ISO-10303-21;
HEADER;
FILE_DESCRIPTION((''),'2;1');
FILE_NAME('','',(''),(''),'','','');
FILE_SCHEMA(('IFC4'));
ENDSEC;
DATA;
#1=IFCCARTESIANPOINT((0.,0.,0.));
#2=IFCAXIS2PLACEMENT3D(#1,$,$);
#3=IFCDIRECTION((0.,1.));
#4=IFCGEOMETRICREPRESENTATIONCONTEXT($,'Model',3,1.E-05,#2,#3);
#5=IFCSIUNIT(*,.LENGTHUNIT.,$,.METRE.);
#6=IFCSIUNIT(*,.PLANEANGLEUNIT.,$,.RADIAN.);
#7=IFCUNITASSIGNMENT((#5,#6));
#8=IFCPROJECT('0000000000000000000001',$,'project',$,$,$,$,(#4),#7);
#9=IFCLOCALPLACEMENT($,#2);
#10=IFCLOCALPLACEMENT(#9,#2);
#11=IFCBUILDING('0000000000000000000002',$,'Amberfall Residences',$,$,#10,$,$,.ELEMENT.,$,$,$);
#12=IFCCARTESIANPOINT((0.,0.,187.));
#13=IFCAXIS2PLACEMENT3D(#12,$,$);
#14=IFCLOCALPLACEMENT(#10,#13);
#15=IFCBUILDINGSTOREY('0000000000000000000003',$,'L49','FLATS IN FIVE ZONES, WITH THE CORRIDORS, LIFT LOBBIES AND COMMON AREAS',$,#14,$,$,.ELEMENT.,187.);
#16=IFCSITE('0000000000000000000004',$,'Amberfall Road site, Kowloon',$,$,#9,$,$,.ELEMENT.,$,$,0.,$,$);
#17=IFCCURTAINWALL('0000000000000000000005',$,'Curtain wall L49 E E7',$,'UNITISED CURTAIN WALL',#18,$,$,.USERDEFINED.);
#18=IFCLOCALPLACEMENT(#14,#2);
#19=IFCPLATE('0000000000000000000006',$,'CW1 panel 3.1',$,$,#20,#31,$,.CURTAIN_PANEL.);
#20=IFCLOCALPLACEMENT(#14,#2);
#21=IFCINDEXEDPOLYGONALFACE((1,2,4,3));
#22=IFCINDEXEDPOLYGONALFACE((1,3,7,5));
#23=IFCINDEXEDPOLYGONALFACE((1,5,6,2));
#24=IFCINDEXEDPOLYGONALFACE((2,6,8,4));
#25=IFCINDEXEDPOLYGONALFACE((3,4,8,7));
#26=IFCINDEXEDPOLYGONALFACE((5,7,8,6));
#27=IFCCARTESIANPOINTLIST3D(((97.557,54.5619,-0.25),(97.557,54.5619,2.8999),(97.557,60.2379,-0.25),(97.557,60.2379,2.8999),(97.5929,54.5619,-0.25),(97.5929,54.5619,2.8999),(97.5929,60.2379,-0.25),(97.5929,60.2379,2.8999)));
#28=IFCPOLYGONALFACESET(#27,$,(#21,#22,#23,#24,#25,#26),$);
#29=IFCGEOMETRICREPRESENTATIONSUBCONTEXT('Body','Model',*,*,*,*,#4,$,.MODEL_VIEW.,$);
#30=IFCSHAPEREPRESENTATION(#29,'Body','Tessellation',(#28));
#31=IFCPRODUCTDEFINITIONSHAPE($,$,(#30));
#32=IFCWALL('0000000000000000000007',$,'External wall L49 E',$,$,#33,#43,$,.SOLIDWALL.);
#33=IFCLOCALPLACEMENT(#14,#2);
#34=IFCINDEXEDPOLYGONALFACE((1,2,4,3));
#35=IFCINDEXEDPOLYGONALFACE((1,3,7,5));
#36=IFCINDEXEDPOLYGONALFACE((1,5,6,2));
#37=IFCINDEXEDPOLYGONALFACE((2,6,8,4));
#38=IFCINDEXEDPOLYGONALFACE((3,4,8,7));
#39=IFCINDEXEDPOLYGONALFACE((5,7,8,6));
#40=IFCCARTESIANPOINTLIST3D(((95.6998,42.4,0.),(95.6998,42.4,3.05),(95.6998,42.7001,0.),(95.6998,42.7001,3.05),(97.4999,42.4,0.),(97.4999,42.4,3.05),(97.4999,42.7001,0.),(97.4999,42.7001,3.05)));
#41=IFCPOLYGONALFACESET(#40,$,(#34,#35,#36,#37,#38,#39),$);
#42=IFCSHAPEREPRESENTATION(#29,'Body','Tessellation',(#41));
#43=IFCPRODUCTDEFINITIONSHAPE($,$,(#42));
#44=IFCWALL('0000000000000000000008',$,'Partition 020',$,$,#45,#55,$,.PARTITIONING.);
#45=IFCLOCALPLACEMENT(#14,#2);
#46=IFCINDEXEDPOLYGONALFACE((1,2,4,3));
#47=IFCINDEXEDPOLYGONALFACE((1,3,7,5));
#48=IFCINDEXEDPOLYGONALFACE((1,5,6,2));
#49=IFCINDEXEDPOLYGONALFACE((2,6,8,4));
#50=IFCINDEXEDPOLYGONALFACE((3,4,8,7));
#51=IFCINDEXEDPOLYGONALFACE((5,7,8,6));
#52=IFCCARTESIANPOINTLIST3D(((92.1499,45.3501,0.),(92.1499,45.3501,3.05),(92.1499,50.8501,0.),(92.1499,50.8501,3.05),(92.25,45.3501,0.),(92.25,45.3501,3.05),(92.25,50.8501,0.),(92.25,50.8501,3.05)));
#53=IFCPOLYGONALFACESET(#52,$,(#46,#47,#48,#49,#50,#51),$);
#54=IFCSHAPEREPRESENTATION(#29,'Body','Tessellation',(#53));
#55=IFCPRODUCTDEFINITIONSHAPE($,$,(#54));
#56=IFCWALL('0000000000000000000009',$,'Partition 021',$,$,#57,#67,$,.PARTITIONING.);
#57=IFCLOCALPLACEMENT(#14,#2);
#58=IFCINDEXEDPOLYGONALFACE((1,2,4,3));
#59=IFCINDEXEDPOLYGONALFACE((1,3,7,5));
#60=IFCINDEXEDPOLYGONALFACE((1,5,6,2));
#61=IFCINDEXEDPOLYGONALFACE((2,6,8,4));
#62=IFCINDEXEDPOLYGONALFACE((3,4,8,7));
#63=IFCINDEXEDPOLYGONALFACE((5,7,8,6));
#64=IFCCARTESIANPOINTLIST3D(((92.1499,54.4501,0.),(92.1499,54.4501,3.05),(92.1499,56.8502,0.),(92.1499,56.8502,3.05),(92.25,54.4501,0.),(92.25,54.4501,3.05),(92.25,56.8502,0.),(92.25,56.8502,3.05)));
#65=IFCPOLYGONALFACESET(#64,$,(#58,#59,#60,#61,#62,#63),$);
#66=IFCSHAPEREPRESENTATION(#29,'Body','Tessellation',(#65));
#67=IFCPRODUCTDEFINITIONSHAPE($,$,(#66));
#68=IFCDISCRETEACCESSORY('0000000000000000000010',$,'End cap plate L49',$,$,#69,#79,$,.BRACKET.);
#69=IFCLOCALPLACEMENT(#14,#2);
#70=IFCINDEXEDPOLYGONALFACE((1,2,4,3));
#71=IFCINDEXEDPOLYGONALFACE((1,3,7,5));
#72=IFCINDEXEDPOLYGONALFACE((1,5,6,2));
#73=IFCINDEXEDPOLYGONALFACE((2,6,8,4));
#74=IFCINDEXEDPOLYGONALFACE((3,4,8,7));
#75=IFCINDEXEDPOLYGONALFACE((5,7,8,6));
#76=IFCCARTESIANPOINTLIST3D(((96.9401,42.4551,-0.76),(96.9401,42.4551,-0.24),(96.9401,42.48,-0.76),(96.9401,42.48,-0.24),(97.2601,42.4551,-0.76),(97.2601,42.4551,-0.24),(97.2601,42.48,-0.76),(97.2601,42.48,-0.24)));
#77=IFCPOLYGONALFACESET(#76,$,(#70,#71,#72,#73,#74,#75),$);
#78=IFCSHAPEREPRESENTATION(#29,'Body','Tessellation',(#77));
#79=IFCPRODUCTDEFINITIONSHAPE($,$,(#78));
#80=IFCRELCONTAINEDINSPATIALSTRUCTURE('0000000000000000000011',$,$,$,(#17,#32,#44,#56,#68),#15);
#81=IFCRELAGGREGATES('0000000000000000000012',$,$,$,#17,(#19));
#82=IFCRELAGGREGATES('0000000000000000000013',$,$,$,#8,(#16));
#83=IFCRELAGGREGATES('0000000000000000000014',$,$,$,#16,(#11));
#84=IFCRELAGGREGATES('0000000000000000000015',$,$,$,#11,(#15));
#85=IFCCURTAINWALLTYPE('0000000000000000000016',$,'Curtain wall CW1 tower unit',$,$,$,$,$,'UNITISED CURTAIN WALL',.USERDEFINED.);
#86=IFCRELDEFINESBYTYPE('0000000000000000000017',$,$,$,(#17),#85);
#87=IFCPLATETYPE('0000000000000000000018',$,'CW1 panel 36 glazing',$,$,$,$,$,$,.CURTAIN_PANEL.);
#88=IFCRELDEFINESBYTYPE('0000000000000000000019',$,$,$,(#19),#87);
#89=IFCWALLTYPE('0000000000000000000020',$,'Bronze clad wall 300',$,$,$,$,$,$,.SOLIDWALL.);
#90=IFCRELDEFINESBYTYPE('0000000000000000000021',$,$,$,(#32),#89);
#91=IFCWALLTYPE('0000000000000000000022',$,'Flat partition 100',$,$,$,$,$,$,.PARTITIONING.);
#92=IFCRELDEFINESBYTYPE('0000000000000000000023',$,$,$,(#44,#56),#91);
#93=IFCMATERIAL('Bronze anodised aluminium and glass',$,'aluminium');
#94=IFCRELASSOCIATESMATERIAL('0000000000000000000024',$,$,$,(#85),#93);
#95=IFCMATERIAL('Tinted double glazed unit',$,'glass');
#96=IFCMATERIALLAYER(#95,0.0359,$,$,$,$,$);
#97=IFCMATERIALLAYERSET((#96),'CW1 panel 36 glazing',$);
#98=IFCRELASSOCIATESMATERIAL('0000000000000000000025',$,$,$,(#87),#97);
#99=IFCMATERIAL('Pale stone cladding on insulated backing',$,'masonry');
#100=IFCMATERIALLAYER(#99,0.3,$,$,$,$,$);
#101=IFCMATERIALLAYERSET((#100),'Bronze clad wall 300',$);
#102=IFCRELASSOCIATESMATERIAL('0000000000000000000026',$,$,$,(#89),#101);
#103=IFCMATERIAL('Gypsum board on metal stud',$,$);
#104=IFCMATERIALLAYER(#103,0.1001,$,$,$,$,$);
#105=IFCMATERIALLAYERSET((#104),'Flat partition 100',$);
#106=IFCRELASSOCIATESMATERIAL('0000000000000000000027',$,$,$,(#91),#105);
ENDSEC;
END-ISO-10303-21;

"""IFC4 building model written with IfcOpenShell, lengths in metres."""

from ifc_helpers import new_model, si_unit, direction, frame, frame_2d, origin, origin_2d, place, context, subcontext, project, spatial, rectangle, extrude, material, layer, layer_set, type_object, element, aggregate, save


model = new_model("IFC4")

# Units and contexts
model_context = context("Model", 3, precision=1e-05, world=origin(), true_north=direction((0.0, 1.0)))
body_context = subcontext(model_context, "Body", "Model", "MODEL_VIEW")
ifc_project = project(units=[si_unit("LENGTHUNIT", "METRE"), si_unit("PLANEANGLEUNIT", "RADIAN")], contexts=[model_context])

# Site, building, storey
site_placement = place(None, origin())
site = spatial("IfcSite", under=ifc_project, at=site_placement, Name="Amberfall Road site, Kowloon", CompositionType="ELEMENT", RefElevation=0.0)
building_placement = place(site_placement, origin())
building = spatial("IfcBuilding", under=site, at=building_placement, Name="Amberfall Residences", CompositionType="ELEMENT")
storey_placement = place(building_placement, frame((0.0, 0.0, 187.0)))
storey = spatial("IfcBuildingStorey", under=building, at=storey_placement, Name="L49", Description="FLATS IN FIVE ZONES, WITH THE CORRIDORS, LIFT LOBBIES AND COMMON AREAS", CompositionType="ELEMENT", Elevation=187.0)

# Curtain wall
ifc_material_1 = material(Name="Bronze anodised aluminium and glass", Category="aluminium")
curtain_wall_type = type_object("IfcCurtainWallType", Name="Curtain wall CW1 tower unit", ElementType="UNITISED CURTAIN WALL", PredefinedType="USERDEFINED", material=ifc_material_1)
curtain_wall_placement = place(storey_placement, origin())
curtain_wall = element("IfcCurtainWall", 1, at=curtain_wall_placement, inside=storey, type_object=curtain_wall_type, Name="Curtain wall L49 E E7", ObjectType="UNITISED CURTAIN WALL", PredefinedType="USERDEFINED")

# Plate
ifc_material_2 = material(Name="Tinted double glazed unit", Category="glass")
ifc_layer_1 = layer(ifc_material_2, 0.0359)
ifc_layer_set_1 = layer_set([ifc_layer_1], Name="CW1 panel 36 glazing")
plate_type = type_object("IfcPlateType", Name="CW1 panel 36 glazing", PredefinedType="CURTAIN_PANEL", material=ifc_layer_set_1)
plate_1_placement = place(storey_placement, frame((97.575, 57.3999, -0.25), z_axis=(0.0, 0.0, 1.0), x_axis=(0.0, 1.0, 0.0)))
plate_1 = element("IfcPlate", 2, at=plate_1_placement, type_object=plate_type, Name="CW1 panel 3.1", PredefinedType="CURTAIN_PANEL", context=body_context, shape_type="SweptSolid", body=[
    extrude(rectangle(XDim=5.676, YDim=0.0359, at=origin_2d()), origin(), (0.0, 0.0, 1.0), 3.1499),
])
aggregate(curtain_wall, [plate_1])

# Walls
ifc_material_3 = material(Name="Pale stone cladding on insulated backing", Category="masonry")
ifc_layer_2 = layer(ifc_material_3, 0.3)
ifc_layer_set_2 = layer_set([ifc_layer_2], Name="Bronze clad wall 300")
wall_type_1 = type_object("IfcWallType", Name="Bronze clad wall 300", PredefinedType="SOLIDWALL", material=ifc_layer_set_2)
wall_1_placement = place(storey_placement, frame((95.7, 42.55, 0.0), z_axis=(0.0, 0.0, 1.0), x_axis=(1.0, 0.0, 0.0)))
element("IfcWall", 3, at=wall_1_placement, inside=storey, type_object=wall_type_1, Name="External wall L49 E", PredefinedType="SOLIDWALL", context=body_context, shape_type="SweptSolid", body=[
    extrude(rectangle(XDim=1.8, YDim=0.3, at=frame_2d((0.8999, 0.0))), origin(), (0.0, 0.0, 1.0), 3.05),
])
ifc_material_4 = material(Name="Gypsum board on metal stud")
ifc_layer_3 = layer(ifc_material_4, 0.1001)
ifc_layer_set_3 = layer_set([ifc_layer_3], Name="Flat partition 100")
wall_type_2 = type_object("IfcWallType", Name="Flat partition 100", PredefinedType="PARTITIONING", material=ifc_layer_set_3)
wall_2_placement = place(storey_placement, frame((92.2, 45.3501, 0.0), z_axis=(0.0, 0.0, 1.0), x_axis=(0.0, 1.0, 0.0)))
element("IfcWall", 4, at=wall_2_placement, inside=storey, type_object=wall_type_2, Name="Partition 020", PredefinedType="PARTITIONING", context=body_context, shape_type="SweptSolid", body=[
    extrude(rectangle(XDim=5.5, YDim=0.1001, at=frame_2d((2.75, 0.0))), origin(), (0.0, 0.0, 1.0), 3.05),
])
wall_3_placement = place(storey_placement, frame((92.2, 54.45, 0.0), z_axis=(0.0, 0.0, 1.0), x_axis=(0.0, 1.0, 0.0)))
element("IfcWall", 5, at=wall_3_placement, inside=storey, type_object=wall_type_2, Name="Partition 021", PredefinedType="PARTITIONING", context=body_context, shape_type="SweptSolid", body=[
    extrude(rectangle(XDim=2.4001, YDim=0.1001, at=frame_2d((1.2002, 0.0))), origin(), (0.0, 0.0, 1.0), 3.05),
])

# Discrete accessory
discrete_accessory_placement = place(storey_placement, frame((97.1001, 42.4675, -0.76), z_axis=(0.0, 0.0, 1.0), x_axis=(0.0, -1.0, 0.0)))
element("IfcDiscreteAccessory", 6, at=discrete_accessory_placement, inside=storey, Name="End cap plate L49", PredefinedType="BRACKET", context=body_context, shape_type="SweptSolid", body=[
    extrude(rectangle(XDim=0.0249, YDim=0.3201, at=origin_2d()), origin(), (0.0, 0.0, 1.0), 0.52),
])

save(model, "model.ifc")
